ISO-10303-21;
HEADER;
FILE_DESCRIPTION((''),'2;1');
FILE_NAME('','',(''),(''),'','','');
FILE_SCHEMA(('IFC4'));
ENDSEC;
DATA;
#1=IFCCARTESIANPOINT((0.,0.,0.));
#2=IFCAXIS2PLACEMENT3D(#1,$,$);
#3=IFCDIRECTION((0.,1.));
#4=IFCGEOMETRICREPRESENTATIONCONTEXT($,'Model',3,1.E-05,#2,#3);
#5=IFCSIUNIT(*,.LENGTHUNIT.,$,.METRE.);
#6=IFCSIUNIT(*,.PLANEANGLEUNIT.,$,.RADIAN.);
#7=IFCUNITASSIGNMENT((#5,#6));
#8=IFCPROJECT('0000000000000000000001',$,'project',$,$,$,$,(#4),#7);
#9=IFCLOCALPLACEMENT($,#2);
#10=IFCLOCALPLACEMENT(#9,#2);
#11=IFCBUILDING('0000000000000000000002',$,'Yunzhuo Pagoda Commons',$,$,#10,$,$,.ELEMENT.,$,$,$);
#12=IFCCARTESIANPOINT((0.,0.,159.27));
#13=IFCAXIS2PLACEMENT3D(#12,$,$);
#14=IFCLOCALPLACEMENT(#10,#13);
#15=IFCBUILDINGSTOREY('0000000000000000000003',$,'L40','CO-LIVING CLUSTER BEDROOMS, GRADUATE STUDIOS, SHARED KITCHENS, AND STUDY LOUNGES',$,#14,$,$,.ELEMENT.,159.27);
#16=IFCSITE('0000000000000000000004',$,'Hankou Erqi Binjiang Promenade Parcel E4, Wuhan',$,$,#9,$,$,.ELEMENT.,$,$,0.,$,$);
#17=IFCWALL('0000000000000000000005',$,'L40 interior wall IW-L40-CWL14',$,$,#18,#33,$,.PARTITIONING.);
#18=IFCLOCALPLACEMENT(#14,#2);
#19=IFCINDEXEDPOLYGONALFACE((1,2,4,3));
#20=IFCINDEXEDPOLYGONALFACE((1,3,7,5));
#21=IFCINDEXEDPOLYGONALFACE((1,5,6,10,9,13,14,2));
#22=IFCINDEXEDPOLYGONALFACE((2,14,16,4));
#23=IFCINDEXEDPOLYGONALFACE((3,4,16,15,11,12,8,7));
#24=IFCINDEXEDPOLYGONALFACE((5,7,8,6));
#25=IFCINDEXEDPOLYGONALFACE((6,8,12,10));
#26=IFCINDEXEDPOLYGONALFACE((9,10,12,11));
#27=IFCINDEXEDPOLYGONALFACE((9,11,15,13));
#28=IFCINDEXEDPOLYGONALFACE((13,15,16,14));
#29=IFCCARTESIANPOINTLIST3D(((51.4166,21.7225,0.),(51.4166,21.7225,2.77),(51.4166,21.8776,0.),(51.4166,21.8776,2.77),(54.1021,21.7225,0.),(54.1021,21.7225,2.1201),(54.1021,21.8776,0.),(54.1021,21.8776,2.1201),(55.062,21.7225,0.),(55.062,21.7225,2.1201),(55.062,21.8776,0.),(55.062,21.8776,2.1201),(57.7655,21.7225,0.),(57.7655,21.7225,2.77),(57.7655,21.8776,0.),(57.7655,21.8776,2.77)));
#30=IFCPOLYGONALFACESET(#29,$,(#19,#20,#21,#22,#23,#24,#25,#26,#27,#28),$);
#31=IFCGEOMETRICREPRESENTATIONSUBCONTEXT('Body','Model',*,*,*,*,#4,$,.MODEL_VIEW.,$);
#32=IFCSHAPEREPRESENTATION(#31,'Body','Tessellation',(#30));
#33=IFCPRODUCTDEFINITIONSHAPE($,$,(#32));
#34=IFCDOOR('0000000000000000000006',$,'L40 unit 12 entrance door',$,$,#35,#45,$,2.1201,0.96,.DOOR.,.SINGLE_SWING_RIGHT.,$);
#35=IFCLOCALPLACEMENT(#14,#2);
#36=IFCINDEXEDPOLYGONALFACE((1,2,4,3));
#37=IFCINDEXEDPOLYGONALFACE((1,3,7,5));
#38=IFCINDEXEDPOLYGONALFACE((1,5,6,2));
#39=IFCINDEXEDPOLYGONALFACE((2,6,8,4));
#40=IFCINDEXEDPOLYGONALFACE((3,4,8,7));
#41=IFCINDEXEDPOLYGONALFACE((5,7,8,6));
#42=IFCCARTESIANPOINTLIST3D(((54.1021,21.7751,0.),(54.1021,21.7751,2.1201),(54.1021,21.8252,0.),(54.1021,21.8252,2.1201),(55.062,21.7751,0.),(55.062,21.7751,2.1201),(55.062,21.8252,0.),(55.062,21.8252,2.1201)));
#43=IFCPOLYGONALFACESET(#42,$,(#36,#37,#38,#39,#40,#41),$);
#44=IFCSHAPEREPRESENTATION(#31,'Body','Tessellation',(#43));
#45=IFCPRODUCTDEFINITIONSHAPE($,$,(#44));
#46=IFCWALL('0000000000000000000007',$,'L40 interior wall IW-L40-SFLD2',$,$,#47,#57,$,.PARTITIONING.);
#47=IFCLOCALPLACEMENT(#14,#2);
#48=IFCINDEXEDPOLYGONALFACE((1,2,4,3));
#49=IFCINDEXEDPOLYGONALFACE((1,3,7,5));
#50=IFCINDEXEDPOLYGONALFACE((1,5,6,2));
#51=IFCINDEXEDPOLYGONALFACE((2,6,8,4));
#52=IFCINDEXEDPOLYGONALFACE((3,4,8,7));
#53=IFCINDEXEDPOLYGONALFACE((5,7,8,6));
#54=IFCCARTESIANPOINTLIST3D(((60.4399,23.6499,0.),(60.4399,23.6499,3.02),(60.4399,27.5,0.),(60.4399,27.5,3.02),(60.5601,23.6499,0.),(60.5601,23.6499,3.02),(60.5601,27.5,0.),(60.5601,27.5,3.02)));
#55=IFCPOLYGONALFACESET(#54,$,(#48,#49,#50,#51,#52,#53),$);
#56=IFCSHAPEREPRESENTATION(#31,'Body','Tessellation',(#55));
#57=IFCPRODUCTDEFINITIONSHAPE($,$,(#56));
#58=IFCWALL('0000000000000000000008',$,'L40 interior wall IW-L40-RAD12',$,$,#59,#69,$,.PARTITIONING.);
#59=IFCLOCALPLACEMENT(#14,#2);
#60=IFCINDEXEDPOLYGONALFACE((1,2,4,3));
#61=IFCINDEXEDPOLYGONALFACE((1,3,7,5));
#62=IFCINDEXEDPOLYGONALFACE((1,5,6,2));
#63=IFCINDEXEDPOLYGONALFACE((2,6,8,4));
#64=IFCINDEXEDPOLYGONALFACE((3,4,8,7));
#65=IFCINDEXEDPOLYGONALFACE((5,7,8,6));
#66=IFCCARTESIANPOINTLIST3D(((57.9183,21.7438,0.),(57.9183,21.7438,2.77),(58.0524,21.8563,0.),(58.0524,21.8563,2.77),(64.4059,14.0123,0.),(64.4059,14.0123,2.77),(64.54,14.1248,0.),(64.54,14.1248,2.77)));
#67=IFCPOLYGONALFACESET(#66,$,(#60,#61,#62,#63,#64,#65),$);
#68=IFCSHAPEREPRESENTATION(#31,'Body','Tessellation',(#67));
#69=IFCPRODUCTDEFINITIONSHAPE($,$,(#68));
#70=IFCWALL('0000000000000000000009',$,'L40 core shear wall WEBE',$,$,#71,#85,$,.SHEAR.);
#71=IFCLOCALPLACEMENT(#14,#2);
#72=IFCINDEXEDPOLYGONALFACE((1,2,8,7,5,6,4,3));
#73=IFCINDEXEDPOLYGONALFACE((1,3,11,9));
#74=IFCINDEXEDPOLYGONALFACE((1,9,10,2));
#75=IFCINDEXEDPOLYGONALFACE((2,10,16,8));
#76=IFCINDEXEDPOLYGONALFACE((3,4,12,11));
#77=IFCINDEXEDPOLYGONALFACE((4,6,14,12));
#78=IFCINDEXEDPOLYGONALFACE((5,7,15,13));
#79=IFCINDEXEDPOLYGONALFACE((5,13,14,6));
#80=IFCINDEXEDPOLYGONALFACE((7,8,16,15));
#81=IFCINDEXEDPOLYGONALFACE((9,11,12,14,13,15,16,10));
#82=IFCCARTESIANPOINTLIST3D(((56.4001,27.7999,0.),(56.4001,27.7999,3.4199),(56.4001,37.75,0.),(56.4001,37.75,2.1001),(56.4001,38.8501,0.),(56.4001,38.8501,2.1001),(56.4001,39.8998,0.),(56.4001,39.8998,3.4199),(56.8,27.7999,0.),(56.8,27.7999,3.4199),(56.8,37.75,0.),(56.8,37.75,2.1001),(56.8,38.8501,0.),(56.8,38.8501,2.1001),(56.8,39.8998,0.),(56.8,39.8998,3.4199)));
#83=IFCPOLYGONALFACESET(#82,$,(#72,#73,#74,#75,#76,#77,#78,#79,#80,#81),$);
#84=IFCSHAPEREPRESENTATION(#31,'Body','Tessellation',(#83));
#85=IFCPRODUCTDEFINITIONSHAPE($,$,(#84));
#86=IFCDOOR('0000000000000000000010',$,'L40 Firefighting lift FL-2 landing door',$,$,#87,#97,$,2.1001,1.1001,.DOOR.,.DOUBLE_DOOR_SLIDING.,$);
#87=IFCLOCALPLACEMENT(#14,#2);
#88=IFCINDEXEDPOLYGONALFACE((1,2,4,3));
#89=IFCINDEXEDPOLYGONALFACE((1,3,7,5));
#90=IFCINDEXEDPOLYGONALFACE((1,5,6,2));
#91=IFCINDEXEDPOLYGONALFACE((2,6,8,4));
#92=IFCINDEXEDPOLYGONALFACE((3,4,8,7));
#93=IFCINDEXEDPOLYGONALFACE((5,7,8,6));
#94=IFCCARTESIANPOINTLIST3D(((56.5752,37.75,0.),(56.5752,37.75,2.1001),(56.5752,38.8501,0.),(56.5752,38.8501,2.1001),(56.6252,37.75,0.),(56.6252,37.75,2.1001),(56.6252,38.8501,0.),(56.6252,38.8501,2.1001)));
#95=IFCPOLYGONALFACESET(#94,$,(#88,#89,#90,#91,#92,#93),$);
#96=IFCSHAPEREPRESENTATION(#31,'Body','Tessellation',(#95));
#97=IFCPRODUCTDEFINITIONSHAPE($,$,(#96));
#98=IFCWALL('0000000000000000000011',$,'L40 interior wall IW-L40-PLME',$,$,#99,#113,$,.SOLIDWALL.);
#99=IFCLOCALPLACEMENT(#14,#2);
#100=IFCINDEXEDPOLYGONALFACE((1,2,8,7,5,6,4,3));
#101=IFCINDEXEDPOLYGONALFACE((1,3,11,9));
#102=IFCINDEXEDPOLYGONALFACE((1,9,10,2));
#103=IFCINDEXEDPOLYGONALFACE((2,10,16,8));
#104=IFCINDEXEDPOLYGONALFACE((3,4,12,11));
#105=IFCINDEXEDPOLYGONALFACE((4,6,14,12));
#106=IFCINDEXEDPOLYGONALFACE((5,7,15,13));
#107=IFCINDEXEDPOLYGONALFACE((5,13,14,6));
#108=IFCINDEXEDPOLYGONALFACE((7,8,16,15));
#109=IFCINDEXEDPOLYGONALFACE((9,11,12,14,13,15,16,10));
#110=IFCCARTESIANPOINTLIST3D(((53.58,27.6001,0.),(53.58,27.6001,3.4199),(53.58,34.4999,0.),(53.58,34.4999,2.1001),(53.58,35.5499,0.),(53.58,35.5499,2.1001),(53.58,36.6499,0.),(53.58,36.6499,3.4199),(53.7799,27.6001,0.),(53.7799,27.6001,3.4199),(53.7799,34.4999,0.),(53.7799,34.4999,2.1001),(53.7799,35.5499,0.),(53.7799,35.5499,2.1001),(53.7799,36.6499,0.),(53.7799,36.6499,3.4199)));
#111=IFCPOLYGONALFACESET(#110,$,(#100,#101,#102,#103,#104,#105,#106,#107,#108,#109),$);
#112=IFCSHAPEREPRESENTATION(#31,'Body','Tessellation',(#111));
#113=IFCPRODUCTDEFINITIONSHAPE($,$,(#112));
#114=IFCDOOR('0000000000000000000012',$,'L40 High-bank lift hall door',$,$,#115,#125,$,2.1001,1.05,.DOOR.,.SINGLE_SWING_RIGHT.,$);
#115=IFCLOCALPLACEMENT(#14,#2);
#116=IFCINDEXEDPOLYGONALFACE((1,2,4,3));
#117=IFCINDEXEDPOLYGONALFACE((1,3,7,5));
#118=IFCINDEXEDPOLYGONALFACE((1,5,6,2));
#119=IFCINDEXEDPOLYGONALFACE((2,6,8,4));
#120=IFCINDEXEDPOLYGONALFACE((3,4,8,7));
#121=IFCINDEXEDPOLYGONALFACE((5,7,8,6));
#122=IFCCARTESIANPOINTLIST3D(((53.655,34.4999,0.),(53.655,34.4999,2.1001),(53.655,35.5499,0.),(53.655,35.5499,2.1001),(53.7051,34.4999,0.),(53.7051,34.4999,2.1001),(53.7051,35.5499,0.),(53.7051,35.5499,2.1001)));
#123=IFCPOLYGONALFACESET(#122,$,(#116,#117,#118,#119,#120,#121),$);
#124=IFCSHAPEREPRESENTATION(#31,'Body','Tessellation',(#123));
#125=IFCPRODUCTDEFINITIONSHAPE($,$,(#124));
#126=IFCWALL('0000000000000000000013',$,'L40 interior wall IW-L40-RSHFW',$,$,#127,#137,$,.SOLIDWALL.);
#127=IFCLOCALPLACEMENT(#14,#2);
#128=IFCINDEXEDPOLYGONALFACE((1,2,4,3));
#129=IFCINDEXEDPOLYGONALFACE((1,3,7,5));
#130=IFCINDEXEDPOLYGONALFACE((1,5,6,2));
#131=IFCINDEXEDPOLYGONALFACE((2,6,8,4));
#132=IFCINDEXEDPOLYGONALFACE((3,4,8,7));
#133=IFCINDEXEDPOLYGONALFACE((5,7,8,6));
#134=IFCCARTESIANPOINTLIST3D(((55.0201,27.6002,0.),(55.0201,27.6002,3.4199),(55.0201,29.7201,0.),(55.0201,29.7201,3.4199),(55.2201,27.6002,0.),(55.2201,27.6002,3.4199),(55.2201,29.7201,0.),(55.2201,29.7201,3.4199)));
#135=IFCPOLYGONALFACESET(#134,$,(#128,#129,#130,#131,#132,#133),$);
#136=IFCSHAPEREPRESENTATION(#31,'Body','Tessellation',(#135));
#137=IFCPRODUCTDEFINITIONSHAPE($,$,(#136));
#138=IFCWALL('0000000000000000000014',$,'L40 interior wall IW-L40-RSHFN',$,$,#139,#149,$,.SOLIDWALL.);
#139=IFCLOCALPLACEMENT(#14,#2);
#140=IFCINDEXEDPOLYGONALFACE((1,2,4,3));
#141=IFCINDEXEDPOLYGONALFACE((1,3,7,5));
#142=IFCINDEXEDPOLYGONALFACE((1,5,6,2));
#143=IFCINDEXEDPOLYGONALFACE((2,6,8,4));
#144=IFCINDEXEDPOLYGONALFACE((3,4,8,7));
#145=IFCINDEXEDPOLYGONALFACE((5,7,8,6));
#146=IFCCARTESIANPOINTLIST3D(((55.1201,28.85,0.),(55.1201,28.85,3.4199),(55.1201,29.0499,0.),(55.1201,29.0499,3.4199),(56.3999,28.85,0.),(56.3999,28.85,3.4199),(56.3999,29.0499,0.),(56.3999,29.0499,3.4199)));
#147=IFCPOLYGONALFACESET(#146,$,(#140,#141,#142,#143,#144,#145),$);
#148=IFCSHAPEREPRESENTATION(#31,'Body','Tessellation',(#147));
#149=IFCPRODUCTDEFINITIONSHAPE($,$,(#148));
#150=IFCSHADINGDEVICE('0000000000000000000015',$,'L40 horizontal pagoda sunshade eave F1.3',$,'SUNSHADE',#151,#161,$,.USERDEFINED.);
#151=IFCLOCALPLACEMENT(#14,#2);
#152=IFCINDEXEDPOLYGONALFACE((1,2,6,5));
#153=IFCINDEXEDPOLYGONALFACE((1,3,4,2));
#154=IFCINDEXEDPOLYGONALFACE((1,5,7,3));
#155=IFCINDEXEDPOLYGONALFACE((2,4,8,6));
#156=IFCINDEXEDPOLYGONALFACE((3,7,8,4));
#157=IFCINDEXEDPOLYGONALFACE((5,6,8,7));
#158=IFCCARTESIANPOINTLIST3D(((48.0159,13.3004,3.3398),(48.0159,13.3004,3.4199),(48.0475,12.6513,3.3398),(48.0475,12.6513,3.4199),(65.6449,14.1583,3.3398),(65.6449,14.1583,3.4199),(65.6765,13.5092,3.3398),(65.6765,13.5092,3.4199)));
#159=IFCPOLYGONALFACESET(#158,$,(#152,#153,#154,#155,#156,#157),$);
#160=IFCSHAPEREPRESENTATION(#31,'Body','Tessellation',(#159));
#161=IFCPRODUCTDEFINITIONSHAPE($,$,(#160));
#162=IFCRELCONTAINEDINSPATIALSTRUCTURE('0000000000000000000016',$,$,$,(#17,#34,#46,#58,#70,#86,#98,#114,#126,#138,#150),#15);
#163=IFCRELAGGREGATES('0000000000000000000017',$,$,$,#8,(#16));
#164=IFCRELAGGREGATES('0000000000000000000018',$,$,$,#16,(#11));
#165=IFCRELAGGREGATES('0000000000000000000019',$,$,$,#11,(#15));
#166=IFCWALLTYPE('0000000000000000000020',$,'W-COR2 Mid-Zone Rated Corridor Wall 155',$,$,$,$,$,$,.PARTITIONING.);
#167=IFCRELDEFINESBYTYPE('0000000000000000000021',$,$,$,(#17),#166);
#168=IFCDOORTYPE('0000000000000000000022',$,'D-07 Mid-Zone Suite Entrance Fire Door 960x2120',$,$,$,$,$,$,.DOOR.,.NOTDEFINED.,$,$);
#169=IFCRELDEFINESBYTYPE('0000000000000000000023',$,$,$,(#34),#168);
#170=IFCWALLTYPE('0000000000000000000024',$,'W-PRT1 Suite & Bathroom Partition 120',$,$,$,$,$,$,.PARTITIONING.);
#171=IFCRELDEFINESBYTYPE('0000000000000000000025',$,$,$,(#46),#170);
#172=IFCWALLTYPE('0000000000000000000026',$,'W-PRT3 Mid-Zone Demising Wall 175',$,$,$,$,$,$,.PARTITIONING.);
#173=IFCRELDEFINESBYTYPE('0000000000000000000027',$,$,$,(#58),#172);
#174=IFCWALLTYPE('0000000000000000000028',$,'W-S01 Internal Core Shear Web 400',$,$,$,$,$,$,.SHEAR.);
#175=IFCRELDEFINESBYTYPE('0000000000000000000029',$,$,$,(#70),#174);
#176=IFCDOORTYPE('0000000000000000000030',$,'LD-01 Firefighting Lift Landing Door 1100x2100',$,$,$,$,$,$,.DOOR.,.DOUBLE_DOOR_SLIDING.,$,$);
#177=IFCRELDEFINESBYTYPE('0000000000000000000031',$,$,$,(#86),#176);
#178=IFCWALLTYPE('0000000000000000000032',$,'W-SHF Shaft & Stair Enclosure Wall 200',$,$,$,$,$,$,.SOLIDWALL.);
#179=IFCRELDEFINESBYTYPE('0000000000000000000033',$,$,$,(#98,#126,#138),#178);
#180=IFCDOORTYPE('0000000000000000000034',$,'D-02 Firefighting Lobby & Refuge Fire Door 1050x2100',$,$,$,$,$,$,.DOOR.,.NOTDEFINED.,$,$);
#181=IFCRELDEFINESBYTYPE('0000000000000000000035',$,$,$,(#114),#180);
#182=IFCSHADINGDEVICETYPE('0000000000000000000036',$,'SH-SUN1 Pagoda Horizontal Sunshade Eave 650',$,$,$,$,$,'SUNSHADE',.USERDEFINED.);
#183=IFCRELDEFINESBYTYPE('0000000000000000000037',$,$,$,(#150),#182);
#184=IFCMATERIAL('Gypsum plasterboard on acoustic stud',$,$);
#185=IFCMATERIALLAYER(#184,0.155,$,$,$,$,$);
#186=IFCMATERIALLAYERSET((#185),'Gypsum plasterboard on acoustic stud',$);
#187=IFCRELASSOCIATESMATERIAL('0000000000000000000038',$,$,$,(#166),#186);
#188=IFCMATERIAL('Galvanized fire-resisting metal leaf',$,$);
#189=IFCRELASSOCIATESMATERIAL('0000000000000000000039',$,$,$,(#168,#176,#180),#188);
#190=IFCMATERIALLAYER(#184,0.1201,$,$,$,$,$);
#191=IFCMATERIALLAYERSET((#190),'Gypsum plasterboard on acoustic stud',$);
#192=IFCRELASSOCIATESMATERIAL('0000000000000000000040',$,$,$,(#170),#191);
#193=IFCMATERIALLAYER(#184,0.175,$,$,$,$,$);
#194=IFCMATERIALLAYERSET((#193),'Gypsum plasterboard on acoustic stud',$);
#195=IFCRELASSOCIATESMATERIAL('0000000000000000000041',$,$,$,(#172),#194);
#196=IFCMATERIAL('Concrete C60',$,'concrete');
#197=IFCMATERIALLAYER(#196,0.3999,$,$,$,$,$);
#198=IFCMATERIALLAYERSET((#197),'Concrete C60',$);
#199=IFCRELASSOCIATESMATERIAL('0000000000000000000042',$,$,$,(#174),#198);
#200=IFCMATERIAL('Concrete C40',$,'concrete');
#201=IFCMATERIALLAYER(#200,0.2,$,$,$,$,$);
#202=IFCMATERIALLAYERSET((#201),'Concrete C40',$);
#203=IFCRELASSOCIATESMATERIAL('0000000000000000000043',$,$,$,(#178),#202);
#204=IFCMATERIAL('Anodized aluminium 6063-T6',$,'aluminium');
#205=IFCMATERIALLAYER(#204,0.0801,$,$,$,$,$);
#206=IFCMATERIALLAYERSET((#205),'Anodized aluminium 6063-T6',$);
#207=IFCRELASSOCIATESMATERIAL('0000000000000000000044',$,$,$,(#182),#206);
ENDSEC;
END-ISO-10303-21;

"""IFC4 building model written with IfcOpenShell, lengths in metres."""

from ifc_helpers import new_model, si_unit, direction, frame, frame_2d, origin, origin_with_axes, origin_2d, place, context, subcontext, project, spatial, rectangle, extrude, source, transform, mapped, material, layer, layer_set, type_object, element, fill, save


model = new_model("IFC4")

# Units and contexts
model_context = context("Model", 3, precision=1e-05, world=origin(), true_north=direction((0.0, 1.0)))
body_context = subcontext(model_context, "Body", "Model", "MODEL_VIEW")
ifc_project = project(units=[si_unit("LENGTHUNIT", "METRE"), si_unit("PLANEANGLEUNIT", "RADIAN")], contexts=[model_context])

# Site, building, storey
site_placement = place(None, origin())
site = spatial("IfcSite", under=ifc_project, at=site_placement, Name="Hankou Erqi Binjiang Promenade Parcel E4, Wuhan", CompositionType="ELEMENT", RefElevation=0.0)
building_placement = place(site_placement, origin())
building = spatial("IfcBuilding", under=site, at=building_placement, Name="Yunzhuo Pagoda Commons", CompositionType="ELEMENT")
storey_placement = place(building_placement, frame((0.0, 0.0, 159.27)))
storey = spatial("IfcBuildingStorey", under=building, at=storey_placement, Name="L40", Description="CO-LIVING CLUSTER BEDROOMS, GRADUATE STUDIOS, SHARED KITCHENS, AND STUDY LOUNGES", CompositionType="ELEMENT", Elevation=159.27)

# Shared definitions
ifc_material_1 = material(Name="Anodized aluminium 6063-T6", Category="aluminium")

# Shared definitions
ifc_material_2 = material(Name="Concrete C60", Category="concrete")

# Wall, opening, door
ifc_material_3 = material(Name="Gypsum plasterboard on acoustic stud")
ifc_layer_1 = layer(ifc_material_3, 0.155)
ifc_layer_set_1 = layer_set([ifc_layer_1], Name="Gypsum plasterboard on acoustic stud")
wall_type_1 = type_object("IfcWallType", Name="W-COR2 Mid-Zone Rated Corridor Wall 155", PredefinedType="PARTITIONING", material=ifc_layer_set_1)
wall_1_placement = place(storey_placement, frame((57.7654, 21.8, 0.0), z_axis=(0.0, 0.0, 1.0), x_axis=(-1.0, 0.0, 0.0)))
wall_1 = element("IfcWall", 1, at=wall_1_placement, inside=storey, type_object=wall_type_1, Name="L40 interior wall IW-L40-CWL14", PredefinedType="PARTITIONING", context=body_context, shape_type="SweptSolid", body=[
    extrude(rectangle(XDim=6.3489, YDim=0.155, at=frame_2d((3.1743, 0.0))), origin(), (0.0, 0.0, 1.0), 2.77),
])
opening_1_placement = place(wall_1_placement, frame((2.7034, 0.0, 0.0)))
opening_1 = element("IfcOpeningElement", 2, at=opening_1_placement, cuts=wall_1, PredefinedType="OPENING", context=body_context, shape_type="SweptSolid", body=[
    extrude(rectangle(XDim=0.96, YDim=2.1201, at=frame_2d((0.48, 1.0601))), frame((0.0, 0.0874, 0.0), z_axis=(0.0, -1.0, 0.0), x_axis=(1.0, 0.0, 0.0)), (0.0, 0.0, 1.0), 0.175),
])
ifc_material_4 = material(Name="Galvanized fire-resisting metal leaf")
door_type_1 = type_object("IfcDoorType", Name="D-07 Mid-Zone Suite Entrance Fire Door 960x2120", OperationType="NOTDEFINED", PredefinedType="DOOR", material=ifc_material_4)
shared_shape_1 = source(origin(), body_context, "Body", "SweptSolid", [
    extrude(rectangle(XDim=0.96, YDim=2.1201, at=frame_2d((0.48, 1.0601))), frame((0.0, 0.0249, 0.0), z_axis=(0.0, -1.0, 0.0), x_axis=(1.0, 0.0, 0.0)), (0.0, 0.0, 1.0), 0.05),
])
door_1_placement = place(opening_1_placement, origin_with_axes())
door_1 = element("IfcDoor", 3, at=door_1_placement, inside=storey, type_object=door_type_1, Name="L40 unit 12 entrance door", OperationType="SINGLE_SWING_RIGHT", OverallHeight=2.1201, OverallWidth=0.96, PredefinedType="DOOR", context=body_context, shape_type="MappedRepresentation", body=[
    mapped(shared_shape_1, transform((0.0, 0.0, 0.0), scale=1.0)),
])
fill(opening_1, door_1)

# Walls
ifc_layer_2 = layer(ifc_material_3, 0.1201)
ifc_layer_set_2 = layer_set([ifc_layer_2], Name="Gypsum plasterboard on acoustic stud")
wall_type_2 = type_object("IfcWallType", Name="W-PRT1 Suite & Bathroom Partition 120", PredefinedType="PARTITIONING", material=ifc_layer_set_2)
wall_2_placement = place(storey_placement, frame((60.5, 23.6499, 0.0), z_axis=(0.0, 0.0, 1.0), x_axis=(0.0, 1.0, 0.0)))
element("IfcWall", 4, at=wall_2_placement, inside=storey, type_object=wall_type_2, Name="L40 interior wall IW-L40-SFLD2", PredefinedType="PARTITIONING", context=body_context, shape_type="SweptSolid", body=[
    extrude(rectangle(XDim=3.8501, YDim=0.1201, at=frame_2d((1.925, 0.0))), origin(), (0.0, 0.0, 1.0), 3.02),
])
ifc_layer_3 = layer(ifc_material_3, 0.175)
ifc_layer_set_3 = layer_set([ifc_layer_3], Name="Gypsum plasterboard on acoustic stud")
wall_type_3 = type_object("IfcWallType", Name="W-PRT3 Mid-Zone Demising Wall 175", PredefinedType="PARTITIONING", material=ifc_layer_set_3)
wall_3_placement = place(storey_placement, frame((57.9854, 21.8, 0.0), z_axis=(0.0, 0.0, 1.0), x_axis=(0.642793, -0.76604, 0.0)))
element("IfcWall", 5, at=wall_3_placement, inside=storey, type_object=wall_type_3, Name="L40 interior wall IW-L40-RAD12", PredefinedType="PARTITIONING", context=body_context, shape_type="SweptSolid", body=[
    extrude(rectangle(XDim=10.0928, YDim=0.175, at=frame_2d((5.0464, 0.0))), origin(), (0.0, 0.0, 1.0), 2.77),
])

# Walls, openings, doors
ifc_layer_4 = layer(ifc_material_2, 0.3999)
ifc_layer_set_4 = layer_set([ifc_layer_4], Name="Concrete C60")
wall_type_4 = type_object("IfcWallType", Name="W-S01 Internal Core Shear Web 400", PredefinedType="SHEAR", material=ifc_layer_set_4)
wall_4_placement = place(storey_placement, frame((56.6001, 27.8, 0.0), z_axis=(0.0, 0.0, 1.0), x_axis=(0.0, 1.0, 0.0)))
wall_4 = element("IfcWall", 6, at=wall_4_placement, inside=storey, type_object=wall_type_4, Name="L40 core shear wall WEBE", PredefinedType="SHEAR", context=body_context, shape_type="SweptSolid", body=[
    extrude(rectangle(XDim=12.0999, YDim=0.3999, at=frame_2d((6.0498, 0.0))), origin(), (0.0, 0.0, 1.0), 3.4199),
])
opening_2_placement = place(wall_4_placement, frame((9.95, 0.0, 0.0)))
opening_2 = element("IfcOpeningElement", 7, at=opening_2_placement, cuts=wall_4, PredefinedType="OPENING", context=body_context, shape_type="SweptSolid", body=[
    extrude(rectangle(XDim=1.1001, YDim=2.1001, at=frame_2d((0.55, 1.05))), frame((0.0, 0.21, 0.0), z_axis=(0.0, -1.0, 0.0), x_axis=(1.0, 0.0, 0.0)), (0.0, 0.0, 1.0), 0.4199),
])
door_type_2 = type_object("IfcDoorType", Name="LD-01 Firefighting Lift Landing Door 1100x2100", OperationType="DOUBLE_DOOR_SLIDING", PredefinedType="DOOR", material=ifc_material_4)
shared_shape_2 = source(origin(), body_context, "Body", "SweptSolid", [
    extrude(rectangle(XDim=1.1001, YDim=2.1001, at=frame_2d((0.55, 1.05))), frame((0.0, 0.0249, 0.0), z_axis=(0.0, -1.0, 0.0), x_axis=(1.0, 0.0, 0.0)), (0.0, 0.0, 1.0), 0.05),
])
door_2_placement = place(opening_2_placement, origin_with_axes())
door_2 = element("IfcDoor", 8, at=door_2_placement, inside=storey, type_object=door_type_2, Name="L40 Firefighting lift FL-2 landing door", OperationType="DOUBLE_DOOR_SLIDING", OverallHeight=2.1001, OverallWidth=1.1001, PredefinedType="DOOR", context=body_context, shape_type="MappedRepresentation", body=[
    mapped(shared_shape_2, transform((0.0, 0.0, 0.0), scale=1.0)),
])
fill(opening_2, door_2)
ifc_material_5 = material(Name="Concrete C40", Category="concrete")
ifc_layer_5 = layer(ifc_material_5, 0.2)
ifc_layer_set_5 = layer_set([ifc_layer_5], Name="Concrete C40")
wall_type_5 = type_object("IfcWallType", Name="W-SHF Shaft & Stair Enclosure Wall 200", PredefinedType="SOLIDWALL", material=ifc_layer_set_5)
wall_5_placement = place(storey_placement, frame((53.6799, 27.6001, 0.0), z_axis=(0.0, 0.0, 1.0), x_axis=(0.0, 1.0, 0.0)))
wall_5 = element("IfcWall", 9, at=wall_5_placement, inside=storey, type_object=wall_type_5, Name="L40 interior wall IW-L40-PLME", PredefinedType="SOLIDWALL", context=body_context, shape_type="SweptSolid", body=[
    extrude(rectangle(XDim=9.0498, YDim=0.2, at=frame_2d((4.5249, 0.0))), origin(), (0.0, 0.0, 1.0), 3.4199),
])
opening_3_placement = place(wall_5_placement, frame((6.8999, 0.0, 0.0)))
opening_3 = element("IfcOpeningElement", 10, at=opening_3_placement, cuts=wall_5, PredefinedType="OPENING", context=body_context, shape_type="SweptSolid", body=[
    extrude(rectangle(XDim=1.05, YDim=2.1001, at=frame_2d((0.5249, 1.05))), frame((0.0, 0.1099, 0.0), z_axis=(0.0, -1.0, 0.0), x_axis=(1.0, 0.0, 0.0)), (0.0, 0.0, 1.0), 0.22),
])
door_type_3 = type_object("IfcDoorType", Name="D-02 Firefighting Lobby & Refuge Fire Door 1050x2100", OperationType="NOTDEFINED", PredefinedType="DOOR", material=ifc_material_4)
shared_shape_3 = source(origin(), body_context, "Body", "SweptSolid", [
    extrude(rectangle(XDim=1.05, YDim=2.1001, at=frame_2d((0.5249, 1.05))), frame((0.0, 0.0249, 0.0), z_axis=(0.0, -1.0, 0.0), x_axis=(1.0, 0.0, 0.0)), (0.0, 0.0, 1.0), 0.05),
])
door_3_placement = place(opening_3_placement, origin_with_axes())
door_3 = element("IfcDoor", 11, at=door_3_placement, inside=storey, type_object=door_type_3, Name="L40 High-bank lift hall door", OperationType="SINGLE_SWING_RIGHT", OverallHeight=2.1001, OverallWidth=1.05, PredefinedType="DOOR", context=body_context, shape_type="MappedRepresentation", body=[
    mapped(shared_shape_3, transform((0.0, 0.0, 0.0), scale=1.0)),
])
fill(opening_3, door_3)

# Walls
wall_6_placement = place(storey_placement, frame((55.1201, 27.6001, 0.0), z_axis=(0.0, 0.0, 1.0), x_axis=(0.0, 1.0, 0.0)))
element("IfcWall", 12, at=wall_6_placement, inside=storey, type_object=wall_type_5, Name="L40 interior wall IW-L40-RSHFW", PredefinedType="SOLIDWALL", context=body_context, shape_type="SweptSolid", body=[
    extrude(rectangle(XDim=2.1199, YDim=0.2, at=frame_2d((1.0601, 0.0))), origin(), (0.0, 0.0, 1.0), 3.4199),
])
wall_7_placement = place(storey_placement, frame((55.1201, 28.95, 0.0), z_axis=(0.0, 0.0, 1.0), x_axis=(1.0, 0.0, 0.0)))
element("IfcWall", 13, at=wall_7_placement, inside=storey, type_object=wall_type_5, Name="L40 interior wall IW-L40-RSHFN", PredefinedType="SOLIDWALL", context=body_context, shape_type="SweptSolid", body=[
    extrude(rectangle(XDim=1.2798, YDim=0.2, at=frame_2d((0.6399, 0.0))), origin(), (0.0, 0.0, 1.0), 3.4199),
])

# Shading device
ifc_layer_6 = layer(ifc_material_1, 0.0801)
ifc_layer_set_6 = layer_set([ifc_layer_6], Name="Anodized aluminium 6063-T6")
shading_device_type = type_object("IfcShadingDeviceType", Name="SH-SUN1 Pagoda Horizontal Sunshade Eave 650", ElementType="SUNSHADE", PredefinedType="USERDEFINED", material=ifc_layer_set_6)
shared_shape_4 = source(origin(), body_context, "Body", "SweptSolid", [
    extrude(rectangle(XDim=17.6499, YDim=0.6499, at=origin_2d()), origin(), (0.0, 0.0, 1.0), 0.0801),
])
shading_device_placement = place(storey_placement, frame((56.8462, 13.4048, 3.3398), z_axis=(0.0, 0.0, 1.0), x_axis=(0.998818, 0.048606, 0.0)))
element("IfcShadingDevice", 14, at=shading_device_placement, inside=storey, type_object=shading_device_type, Name="L40 horizontal pagoda sunshade eave F1.3", ObjectType="SUNSHADE", PredefinedType="USERDEFINED", context=body_context, shape_type="MappedRepresentation", body=[
    mapped(shared_shape_4, transform((0.0, 0.0, 0.0), scale=1.0)),
])

save(model, "model.ifc")
